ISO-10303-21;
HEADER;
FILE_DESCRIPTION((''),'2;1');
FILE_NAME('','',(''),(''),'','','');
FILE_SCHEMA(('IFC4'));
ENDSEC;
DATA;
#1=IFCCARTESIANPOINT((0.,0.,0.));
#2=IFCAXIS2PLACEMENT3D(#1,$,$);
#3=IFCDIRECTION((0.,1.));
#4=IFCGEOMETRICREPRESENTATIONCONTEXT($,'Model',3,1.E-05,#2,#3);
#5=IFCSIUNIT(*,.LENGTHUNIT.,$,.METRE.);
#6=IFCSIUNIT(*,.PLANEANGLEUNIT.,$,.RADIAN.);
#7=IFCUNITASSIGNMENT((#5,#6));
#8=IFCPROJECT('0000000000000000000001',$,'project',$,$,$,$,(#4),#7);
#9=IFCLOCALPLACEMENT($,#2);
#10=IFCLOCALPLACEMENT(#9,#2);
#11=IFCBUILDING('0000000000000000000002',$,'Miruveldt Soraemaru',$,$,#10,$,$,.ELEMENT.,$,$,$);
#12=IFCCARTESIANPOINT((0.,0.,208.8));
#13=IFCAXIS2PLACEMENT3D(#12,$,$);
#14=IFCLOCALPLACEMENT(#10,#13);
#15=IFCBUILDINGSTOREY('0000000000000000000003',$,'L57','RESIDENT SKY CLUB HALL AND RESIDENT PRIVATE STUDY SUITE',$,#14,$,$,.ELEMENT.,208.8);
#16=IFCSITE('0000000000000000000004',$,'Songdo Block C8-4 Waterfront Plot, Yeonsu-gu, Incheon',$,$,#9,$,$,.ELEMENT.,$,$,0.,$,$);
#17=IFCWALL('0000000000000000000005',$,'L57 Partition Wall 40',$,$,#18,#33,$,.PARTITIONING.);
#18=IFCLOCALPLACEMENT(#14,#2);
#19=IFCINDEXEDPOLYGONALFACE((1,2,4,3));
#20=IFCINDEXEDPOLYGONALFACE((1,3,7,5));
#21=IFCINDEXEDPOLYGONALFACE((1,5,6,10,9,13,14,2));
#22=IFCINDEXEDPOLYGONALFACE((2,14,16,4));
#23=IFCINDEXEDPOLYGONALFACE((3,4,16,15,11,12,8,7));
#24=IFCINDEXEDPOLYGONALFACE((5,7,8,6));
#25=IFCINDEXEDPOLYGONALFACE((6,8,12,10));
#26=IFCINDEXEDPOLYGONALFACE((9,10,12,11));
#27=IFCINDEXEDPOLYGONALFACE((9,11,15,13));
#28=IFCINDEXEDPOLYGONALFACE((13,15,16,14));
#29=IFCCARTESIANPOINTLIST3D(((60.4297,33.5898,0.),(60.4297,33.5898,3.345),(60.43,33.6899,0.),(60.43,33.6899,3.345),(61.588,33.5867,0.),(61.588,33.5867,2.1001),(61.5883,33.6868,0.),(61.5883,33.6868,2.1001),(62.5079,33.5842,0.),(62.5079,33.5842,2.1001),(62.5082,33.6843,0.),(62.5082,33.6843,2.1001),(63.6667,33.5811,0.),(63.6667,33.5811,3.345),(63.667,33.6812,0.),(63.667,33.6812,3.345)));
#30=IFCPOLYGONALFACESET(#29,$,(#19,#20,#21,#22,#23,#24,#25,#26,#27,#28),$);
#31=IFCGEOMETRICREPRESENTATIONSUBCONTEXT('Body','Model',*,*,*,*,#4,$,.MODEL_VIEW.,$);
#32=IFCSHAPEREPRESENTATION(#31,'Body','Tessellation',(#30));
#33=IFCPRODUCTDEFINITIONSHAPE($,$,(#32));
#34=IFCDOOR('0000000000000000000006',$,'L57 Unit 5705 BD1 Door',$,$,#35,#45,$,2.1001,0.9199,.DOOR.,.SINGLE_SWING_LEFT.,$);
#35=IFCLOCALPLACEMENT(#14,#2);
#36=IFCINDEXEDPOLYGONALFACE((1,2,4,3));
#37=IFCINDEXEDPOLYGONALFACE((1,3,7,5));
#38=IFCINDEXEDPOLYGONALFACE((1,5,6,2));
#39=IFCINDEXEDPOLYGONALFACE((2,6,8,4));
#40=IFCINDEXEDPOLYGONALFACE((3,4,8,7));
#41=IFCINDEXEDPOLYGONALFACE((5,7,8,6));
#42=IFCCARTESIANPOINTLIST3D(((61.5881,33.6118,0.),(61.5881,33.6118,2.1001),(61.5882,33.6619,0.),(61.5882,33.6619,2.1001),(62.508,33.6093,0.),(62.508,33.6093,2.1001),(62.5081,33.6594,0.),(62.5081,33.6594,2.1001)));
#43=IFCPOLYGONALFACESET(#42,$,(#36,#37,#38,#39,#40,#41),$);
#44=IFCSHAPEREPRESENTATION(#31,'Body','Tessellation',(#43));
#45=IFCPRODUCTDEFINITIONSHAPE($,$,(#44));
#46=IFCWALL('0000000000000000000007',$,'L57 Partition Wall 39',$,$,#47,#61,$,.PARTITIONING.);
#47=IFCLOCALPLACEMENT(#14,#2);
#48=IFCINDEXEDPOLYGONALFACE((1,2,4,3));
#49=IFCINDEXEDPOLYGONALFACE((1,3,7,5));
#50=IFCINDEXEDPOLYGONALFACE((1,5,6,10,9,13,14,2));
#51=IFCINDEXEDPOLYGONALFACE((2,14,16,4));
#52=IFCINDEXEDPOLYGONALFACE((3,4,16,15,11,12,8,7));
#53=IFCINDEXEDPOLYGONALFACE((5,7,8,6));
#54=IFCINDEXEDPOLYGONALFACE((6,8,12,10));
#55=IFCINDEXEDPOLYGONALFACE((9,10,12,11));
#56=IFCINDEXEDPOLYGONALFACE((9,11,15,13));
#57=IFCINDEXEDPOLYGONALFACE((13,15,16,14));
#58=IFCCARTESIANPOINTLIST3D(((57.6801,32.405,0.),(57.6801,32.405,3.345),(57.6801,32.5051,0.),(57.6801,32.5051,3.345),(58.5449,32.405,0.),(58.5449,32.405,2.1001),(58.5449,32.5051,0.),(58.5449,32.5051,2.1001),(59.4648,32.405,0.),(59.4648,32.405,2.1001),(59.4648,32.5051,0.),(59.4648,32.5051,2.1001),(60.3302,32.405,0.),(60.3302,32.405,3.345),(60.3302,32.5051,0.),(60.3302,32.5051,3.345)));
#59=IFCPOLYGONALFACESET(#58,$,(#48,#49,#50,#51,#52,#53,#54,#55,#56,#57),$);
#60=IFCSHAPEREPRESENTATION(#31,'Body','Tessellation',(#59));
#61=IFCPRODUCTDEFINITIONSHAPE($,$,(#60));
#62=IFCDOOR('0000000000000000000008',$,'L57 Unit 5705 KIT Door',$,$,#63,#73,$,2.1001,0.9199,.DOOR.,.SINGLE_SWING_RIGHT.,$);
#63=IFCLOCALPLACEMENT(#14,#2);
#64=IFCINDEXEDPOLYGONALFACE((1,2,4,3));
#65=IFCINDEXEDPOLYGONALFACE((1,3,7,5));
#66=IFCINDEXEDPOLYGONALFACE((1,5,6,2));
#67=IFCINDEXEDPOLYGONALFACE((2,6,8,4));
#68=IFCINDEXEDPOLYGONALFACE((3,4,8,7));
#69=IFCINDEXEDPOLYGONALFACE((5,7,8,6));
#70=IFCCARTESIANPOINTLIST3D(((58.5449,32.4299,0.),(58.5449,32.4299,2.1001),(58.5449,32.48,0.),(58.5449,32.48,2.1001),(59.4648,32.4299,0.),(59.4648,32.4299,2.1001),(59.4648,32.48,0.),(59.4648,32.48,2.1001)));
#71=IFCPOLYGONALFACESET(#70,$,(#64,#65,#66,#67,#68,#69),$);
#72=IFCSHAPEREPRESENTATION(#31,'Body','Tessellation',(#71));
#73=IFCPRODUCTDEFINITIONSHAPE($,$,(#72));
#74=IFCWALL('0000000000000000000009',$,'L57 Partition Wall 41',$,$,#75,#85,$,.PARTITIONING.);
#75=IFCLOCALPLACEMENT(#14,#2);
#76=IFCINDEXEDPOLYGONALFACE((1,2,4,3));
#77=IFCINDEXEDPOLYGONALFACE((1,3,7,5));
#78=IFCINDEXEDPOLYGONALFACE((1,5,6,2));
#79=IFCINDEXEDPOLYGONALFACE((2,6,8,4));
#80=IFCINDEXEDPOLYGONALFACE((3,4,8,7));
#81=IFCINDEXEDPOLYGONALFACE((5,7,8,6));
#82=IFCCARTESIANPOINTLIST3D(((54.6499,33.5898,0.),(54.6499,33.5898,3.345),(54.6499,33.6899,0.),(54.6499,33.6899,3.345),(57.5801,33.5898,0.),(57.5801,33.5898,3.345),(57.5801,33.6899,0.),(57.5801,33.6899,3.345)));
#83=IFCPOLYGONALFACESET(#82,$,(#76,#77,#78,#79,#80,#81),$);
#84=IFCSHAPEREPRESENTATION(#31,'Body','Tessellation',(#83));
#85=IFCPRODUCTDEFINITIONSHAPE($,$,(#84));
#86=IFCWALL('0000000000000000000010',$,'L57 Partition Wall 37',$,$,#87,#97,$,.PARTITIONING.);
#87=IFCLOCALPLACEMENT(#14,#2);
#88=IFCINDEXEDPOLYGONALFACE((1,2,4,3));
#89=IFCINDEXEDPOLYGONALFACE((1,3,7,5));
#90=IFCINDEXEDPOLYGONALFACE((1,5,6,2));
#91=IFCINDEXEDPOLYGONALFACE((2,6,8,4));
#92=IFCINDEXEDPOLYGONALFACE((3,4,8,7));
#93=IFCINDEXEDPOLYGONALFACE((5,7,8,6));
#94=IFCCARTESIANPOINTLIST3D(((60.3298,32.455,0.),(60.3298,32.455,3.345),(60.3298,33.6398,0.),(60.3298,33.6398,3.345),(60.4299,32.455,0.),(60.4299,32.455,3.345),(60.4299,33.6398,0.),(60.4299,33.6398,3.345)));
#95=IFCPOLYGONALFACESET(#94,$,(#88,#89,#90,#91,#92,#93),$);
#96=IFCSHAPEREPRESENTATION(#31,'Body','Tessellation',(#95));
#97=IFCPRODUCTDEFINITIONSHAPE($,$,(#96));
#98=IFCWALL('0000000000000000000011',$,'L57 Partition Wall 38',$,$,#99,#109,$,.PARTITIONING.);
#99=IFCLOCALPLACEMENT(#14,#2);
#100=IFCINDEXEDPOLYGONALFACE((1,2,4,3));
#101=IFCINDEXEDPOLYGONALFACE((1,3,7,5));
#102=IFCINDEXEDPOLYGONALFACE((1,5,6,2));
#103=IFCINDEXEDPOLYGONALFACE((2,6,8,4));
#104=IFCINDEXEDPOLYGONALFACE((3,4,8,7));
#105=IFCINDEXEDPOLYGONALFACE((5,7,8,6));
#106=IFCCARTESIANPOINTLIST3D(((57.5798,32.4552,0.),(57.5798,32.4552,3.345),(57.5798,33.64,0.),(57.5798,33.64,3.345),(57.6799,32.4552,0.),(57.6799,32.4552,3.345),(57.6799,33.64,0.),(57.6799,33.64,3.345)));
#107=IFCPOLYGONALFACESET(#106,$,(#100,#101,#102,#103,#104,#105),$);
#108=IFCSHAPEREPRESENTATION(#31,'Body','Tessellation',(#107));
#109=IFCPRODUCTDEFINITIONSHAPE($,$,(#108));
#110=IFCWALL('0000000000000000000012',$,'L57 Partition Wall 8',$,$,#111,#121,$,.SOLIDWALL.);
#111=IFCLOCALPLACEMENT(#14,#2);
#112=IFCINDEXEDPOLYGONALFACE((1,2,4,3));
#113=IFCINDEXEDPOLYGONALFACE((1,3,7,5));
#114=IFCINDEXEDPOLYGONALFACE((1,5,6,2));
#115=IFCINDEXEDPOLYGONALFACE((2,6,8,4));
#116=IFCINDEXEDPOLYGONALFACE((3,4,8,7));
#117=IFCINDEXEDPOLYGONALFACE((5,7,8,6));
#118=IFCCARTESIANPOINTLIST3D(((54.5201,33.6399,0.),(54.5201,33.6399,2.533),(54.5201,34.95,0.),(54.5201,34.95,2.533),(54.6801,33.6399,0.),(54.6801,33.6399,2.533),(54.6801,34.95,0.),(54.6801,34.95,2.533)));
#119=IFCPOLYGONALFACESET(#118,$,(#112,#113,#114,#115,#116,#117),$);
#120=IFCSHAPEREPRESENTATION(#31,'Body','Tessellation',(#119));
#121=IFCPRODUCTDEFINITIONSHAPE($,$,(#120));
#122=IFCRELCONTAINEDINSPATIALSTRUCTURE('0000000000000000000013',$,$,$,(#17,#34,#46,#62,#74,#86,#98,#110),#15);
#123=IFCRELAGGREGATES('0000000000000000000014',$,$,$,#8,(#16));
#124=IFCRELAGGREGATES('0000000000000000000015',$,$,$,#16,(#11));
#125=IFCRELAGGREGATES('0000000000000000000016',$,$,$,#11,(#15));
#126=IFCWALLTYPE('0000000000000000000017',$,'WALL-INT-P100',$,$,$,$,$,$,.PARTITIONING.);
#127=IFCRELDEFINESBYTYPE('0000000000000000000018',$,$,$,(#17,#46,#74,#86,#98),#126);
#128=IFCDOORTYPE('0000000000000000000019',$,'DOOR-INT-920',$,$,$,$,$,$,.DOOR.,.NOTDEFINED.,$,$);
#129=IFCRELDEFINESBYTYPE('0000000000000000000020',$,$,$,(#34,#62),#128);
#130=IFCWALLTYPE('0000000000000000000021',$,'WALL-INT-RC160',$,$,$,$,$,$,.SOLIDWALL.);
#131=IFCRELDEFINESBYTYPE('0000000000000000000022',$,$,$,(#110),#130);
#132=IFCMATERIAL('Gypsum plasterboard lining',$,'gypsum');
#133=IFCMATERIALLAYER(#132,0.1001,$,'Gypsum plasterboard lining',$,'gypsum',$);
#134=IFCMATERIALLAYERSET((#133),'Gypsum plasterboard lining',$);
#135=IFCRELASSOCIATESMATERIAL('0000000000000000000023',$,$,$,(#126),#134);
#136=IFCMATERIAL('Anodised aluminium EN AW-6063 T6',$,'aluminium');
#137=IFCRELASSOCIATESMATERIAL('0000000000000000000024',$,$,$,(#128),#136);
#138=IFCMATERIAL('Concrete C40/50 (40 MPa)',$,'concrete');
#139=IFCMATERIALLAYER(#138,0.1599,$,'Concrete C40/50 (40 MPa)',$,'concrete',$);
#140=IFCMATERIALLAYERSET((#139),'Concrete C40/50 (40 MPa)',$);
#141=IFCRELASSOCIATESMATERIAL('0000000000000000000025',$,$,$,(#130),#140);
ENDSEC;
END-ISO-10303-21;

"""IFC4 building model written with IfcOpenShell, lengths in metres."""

from ifc_helpers import new_model, si_unit, direction, frame, frame_2d, origin, place, context, subcontext, project, spatial, rectangle, extrude, material, layer, layer_set, type_object, element, fill, save


model = new_model("IFC4")

# Units and contexts
model_context = context("Model", 3, precision=1e-05, world=origin(), true_north=direction((0.0, 1.0)))
body_context = subcontext(model_context, "Body", "Model", "MODEL_VIEW")
ifc_project = project(units=[si_unit("LENGTHUNIT", "METRE"), si_unit("PLANEANGLEUNIT", "RADIAN")], contexts=[model_context])

# Site, building, storey
site_placement = place(None, origin())
site = spatial("IfcSite", under=ifc_project, at=site_placement, Name="Songdo Block C8-4 Waterfront Plot, Yeonsu-gu, Incheon", CompositionType="ELEMENT", RefElevation=0.0)
building_placement = place(site_placement, origin())
building = spatial("IfcBuilding", under=site, at=building_placement, Name="Miruveldt Soraemaru", CompositionType="ELEMENT")
storey_placement = place(building_placement, frame((0.0, 0.0, 208.8)))
storey = spatial("IfcBuildingStorey", under=building, at=storey_placement, Name="L57", Description="RESIDENT SKY CLUB HALL AND RESIDENT PRIVATE STUDY SUITE", CompositionType="ELEMENT", Elevation=208.8)

# Walls, openings, doors
ifc_material_1 = material(Name="Gypsum plasterboard lining", Category="gypsum")
ifc_layer_1 = layer(ifc_material_1, 0.1001, Name="Gypsum plasterboard lining", Category="gypsum")
ifc_layer_set_1 = layer_set([ifc_layer_1], Name="Gypsum plasterboard lining")
wall_type_1 = type_object("IfcWallType", Name="WALL-INT-P100", PredefinedType="PARTITIONING", material=ifc_layer_set_1)
wall_1_placement = place(storey_placement, frame((63.667, 33.6311, 0.0), z_axis=(0.0, 0.0, 1.0), x_axis=(-0.999996, 0.002715, 0.0)))
wall_1 = element("IfcWall", 1, at=wall_1_placement, inside=storey, type_object=wall_type_1, Name="L57 Partition Wall 40", PredefinedType="PARTITIONING", context=body_context, shape_type="SweptSolid", body=[
    extrude(rectangle(XDim=3.2371, YDim=0.1001, at=frame_2d((1.6187, 0.0))), origin(), (0.0, 0.0, 1.0), 3.345),
])
opening_1_placement = place(wall_1_placement, frame((1.1589, 0.0, 0.0)))
opening_1 = element("IfcOpeningElement", 2, at=opening_1_placement, cuts=wall_1, PredefinedType="OPENING", context=body_context, shape_type="SweptSolid", body=[
    extrude(rectangle(XDim=0.9199, YDim=2.1001, at=frame_2d((0.46, 1.05))), frame((0.0, 0.0601, 0.0), z_axis=(0.0, -1.0, 0.0), x_axis=(1.0, 0.0, 0.0)), (0.0, 0.0, 1.0), 0.1201),
])
ifc_material_2 = material(Name="Anodised aluminium EN AW-6063 T6", Category="aluminium")
door_type = type_object("IfcDoorType", Name="DOOR-INT-920", OperationType="NOTDEFINED", PredefinedType="DOOR", material=ifc_material_2)
door_1_placement = place(opening_1_placement, origin())
door_1 = element("IfcDoor", 3, at=door_1_placement, inside=storey, type_object=door_type, Name="L57 Unit 5705 BD1 Door", OperationType="SINGLE_SWING_LEFT", OverallHeight=2.1001, OverallWidth=0.9199, PredefinedType="DOOR", context=body_context, shape_type="SweptSolid", body=[
    extrude(rectangle(XDim=0.9199, YDim=2.1001, at=frame_2d((0.46, 1.05))), frame((0.0, 0.0249, 0.0), z_axis=(0.0, -1.0, 0.0), x_axis=(1.0, 0.0, 0.0)), (0.0, 0.0, 1.0), 0.05),
])
fill(opening_1, door_1)
wall_2_placement = place(storey_placement, frame((57.6799, 32.4551, 0.0), z_axis=(0.0, 0.0, 1.0), x_axis=(1.0, 0.0, 0.0)))
wall_2 = element("IfcWall", 4, at=wall_2_placement, inside=storey, type_object=wall_type_1, Name="L57 Partition Wall 39", PredefinedType="PARTITIONING", context=body_context, shape_type="SweptSolid", body=[
    extrude(rectangle(XDim=2.6501, YDim=0.1001, at=frame_2d((1.3252, 0.0))), origin(), (0.0, 0.0, 1.0), 3.345),
])
opening_2_placement = place(wall_2_placement, frame((0.865, 0.0, 0.0)))
opening_2 = element("IfcOpeningElement", 5, at=opening_2_placement, cuts=wall_2, PredefinedType="OPENING", context=body_context, shape_type="SweptSolid", body=[
    extrude(rectangle(XDim=0.9199, YDim=2.1001, at=frame_2d((0.46, 1.05))), frame((0.0, 0.0601, 0.0), z_axis=(0.0, -1.0, 0.0), x_axis=(1.0, 0.0, 0.0)), (0.0, 0.0, 1.0), 0.1201),
])
door_2_placement = place(opening_2_placement, origin())
door_2 = element("IfcDoor", 6, at=door_2_placement, inside=storey, type_object=door_type, Name="L57 Unit 5705 KIT Door", OperationType="SINGLE_SWING_RIGHT", OverallHeight=2.1001, OverallWidth=0.9199, PredefinedType="DOOR", context=body_context, shape_type="SweptSolid", body=[
    extrude(rectangle(XDim=0.9199, YDim=2.1001, at=frame_2d((0.46, 1.05))), frame((0.0, 0.0249, 0.0), z_axis=(0.0, -1.0, 0.0), x_axis=(1.0, 0.0, 0.0)), (0.0, 0.0, 1.0), 0.05),
])
fill(opening_2, door_2)

# Walls
wall_3_placement = place(storey_placement, frame((57.5801, 33.6399, 0.0), z_axis=(0.0, 0.0, 1.0), x_axis=(-1.0, 0.0, 0.0)))
element("IfcWall", 7, at=wall_3_placement, inside=storey, type_object=wall_type_1, Name="L57 Partition Wall 41", PredefinedType="PARTITIONING", context=body_context, shape_type="SweptSolid", body=[
    extrude(rectangle(XDim=2.9302, YDim=0.1001, at=frame_2d((1.4651, 0.0))), origin(), (0.0, 0.0, 1.0), 3.345),
])
for number, where, z_axis, x_axis, name in (
    (8, (60.3799, 32.4551, 0.0), (0.0, 0.0, 1.0), (0.0, 1.0, 0.0), "L57 Partition Wall 37"),
    (9, (57.6299, 33.6399, 0.0), (0.0, 0.0, 1.0), (0.0, -1.0, 0.0), "L57 Partition Wall 38"),
):
    element("IfcWall", number, at=place(storey_placement, frame(where, z_axis=z_axis, x_axis=x_axis)), inside=storey, type_object=wall_type_1, Name=name, PredefinedType="PARTITIONING", context=body_context, shape_type="SweptSolid", body=[
        extrude(rectangle(XDim=1.1848, YDim=0.1001, at=frame_2d((0.5923, 0.0))), origin(), (0.0, 0.0, 1.0), 3.345),
    ])
ifc_material_3 = material(Name="Concrete C40/50 (40 MPa)", Category="concrete")
ifc_layer_2 = layer(ifc_material_3, 0.1599, Name="Concrete C40/50 (40 MPa)", Category="concrete")
ifc_layer_set_2 = layer_set([ifc_layer_2], Name="Concrete C40/50 (40 MPa)")
wall_type_2 = type_object("IfcWallType", Name="WALL-INT-RC160", PredefinedType="SOLIDWALL", material=ifc_layer_set_2)
wall_4_placement = place(storey_placement, frame((54.6001, 33.6399, 0.0), z_axis=(0.0, 0.0, 1.0), x_axis=(0.0, 1.0, 0.0)))
element("IfcWall", 10, at=wall_4_placement, inside=storey, type_object=wall_type_2, Name="L57 Partition Wall 8", PredefinedType="SOLIDWALL", context=body_context, shape_type="SweptSolid", body=[
    extrude(rectangle(XDim=1.3101, YDim=0.1599, at=frame_2d((0.655, 0.0))), origin(), (0.0, 0.0, 1.0), 2.533),
])

save(model, "model.ifc")
